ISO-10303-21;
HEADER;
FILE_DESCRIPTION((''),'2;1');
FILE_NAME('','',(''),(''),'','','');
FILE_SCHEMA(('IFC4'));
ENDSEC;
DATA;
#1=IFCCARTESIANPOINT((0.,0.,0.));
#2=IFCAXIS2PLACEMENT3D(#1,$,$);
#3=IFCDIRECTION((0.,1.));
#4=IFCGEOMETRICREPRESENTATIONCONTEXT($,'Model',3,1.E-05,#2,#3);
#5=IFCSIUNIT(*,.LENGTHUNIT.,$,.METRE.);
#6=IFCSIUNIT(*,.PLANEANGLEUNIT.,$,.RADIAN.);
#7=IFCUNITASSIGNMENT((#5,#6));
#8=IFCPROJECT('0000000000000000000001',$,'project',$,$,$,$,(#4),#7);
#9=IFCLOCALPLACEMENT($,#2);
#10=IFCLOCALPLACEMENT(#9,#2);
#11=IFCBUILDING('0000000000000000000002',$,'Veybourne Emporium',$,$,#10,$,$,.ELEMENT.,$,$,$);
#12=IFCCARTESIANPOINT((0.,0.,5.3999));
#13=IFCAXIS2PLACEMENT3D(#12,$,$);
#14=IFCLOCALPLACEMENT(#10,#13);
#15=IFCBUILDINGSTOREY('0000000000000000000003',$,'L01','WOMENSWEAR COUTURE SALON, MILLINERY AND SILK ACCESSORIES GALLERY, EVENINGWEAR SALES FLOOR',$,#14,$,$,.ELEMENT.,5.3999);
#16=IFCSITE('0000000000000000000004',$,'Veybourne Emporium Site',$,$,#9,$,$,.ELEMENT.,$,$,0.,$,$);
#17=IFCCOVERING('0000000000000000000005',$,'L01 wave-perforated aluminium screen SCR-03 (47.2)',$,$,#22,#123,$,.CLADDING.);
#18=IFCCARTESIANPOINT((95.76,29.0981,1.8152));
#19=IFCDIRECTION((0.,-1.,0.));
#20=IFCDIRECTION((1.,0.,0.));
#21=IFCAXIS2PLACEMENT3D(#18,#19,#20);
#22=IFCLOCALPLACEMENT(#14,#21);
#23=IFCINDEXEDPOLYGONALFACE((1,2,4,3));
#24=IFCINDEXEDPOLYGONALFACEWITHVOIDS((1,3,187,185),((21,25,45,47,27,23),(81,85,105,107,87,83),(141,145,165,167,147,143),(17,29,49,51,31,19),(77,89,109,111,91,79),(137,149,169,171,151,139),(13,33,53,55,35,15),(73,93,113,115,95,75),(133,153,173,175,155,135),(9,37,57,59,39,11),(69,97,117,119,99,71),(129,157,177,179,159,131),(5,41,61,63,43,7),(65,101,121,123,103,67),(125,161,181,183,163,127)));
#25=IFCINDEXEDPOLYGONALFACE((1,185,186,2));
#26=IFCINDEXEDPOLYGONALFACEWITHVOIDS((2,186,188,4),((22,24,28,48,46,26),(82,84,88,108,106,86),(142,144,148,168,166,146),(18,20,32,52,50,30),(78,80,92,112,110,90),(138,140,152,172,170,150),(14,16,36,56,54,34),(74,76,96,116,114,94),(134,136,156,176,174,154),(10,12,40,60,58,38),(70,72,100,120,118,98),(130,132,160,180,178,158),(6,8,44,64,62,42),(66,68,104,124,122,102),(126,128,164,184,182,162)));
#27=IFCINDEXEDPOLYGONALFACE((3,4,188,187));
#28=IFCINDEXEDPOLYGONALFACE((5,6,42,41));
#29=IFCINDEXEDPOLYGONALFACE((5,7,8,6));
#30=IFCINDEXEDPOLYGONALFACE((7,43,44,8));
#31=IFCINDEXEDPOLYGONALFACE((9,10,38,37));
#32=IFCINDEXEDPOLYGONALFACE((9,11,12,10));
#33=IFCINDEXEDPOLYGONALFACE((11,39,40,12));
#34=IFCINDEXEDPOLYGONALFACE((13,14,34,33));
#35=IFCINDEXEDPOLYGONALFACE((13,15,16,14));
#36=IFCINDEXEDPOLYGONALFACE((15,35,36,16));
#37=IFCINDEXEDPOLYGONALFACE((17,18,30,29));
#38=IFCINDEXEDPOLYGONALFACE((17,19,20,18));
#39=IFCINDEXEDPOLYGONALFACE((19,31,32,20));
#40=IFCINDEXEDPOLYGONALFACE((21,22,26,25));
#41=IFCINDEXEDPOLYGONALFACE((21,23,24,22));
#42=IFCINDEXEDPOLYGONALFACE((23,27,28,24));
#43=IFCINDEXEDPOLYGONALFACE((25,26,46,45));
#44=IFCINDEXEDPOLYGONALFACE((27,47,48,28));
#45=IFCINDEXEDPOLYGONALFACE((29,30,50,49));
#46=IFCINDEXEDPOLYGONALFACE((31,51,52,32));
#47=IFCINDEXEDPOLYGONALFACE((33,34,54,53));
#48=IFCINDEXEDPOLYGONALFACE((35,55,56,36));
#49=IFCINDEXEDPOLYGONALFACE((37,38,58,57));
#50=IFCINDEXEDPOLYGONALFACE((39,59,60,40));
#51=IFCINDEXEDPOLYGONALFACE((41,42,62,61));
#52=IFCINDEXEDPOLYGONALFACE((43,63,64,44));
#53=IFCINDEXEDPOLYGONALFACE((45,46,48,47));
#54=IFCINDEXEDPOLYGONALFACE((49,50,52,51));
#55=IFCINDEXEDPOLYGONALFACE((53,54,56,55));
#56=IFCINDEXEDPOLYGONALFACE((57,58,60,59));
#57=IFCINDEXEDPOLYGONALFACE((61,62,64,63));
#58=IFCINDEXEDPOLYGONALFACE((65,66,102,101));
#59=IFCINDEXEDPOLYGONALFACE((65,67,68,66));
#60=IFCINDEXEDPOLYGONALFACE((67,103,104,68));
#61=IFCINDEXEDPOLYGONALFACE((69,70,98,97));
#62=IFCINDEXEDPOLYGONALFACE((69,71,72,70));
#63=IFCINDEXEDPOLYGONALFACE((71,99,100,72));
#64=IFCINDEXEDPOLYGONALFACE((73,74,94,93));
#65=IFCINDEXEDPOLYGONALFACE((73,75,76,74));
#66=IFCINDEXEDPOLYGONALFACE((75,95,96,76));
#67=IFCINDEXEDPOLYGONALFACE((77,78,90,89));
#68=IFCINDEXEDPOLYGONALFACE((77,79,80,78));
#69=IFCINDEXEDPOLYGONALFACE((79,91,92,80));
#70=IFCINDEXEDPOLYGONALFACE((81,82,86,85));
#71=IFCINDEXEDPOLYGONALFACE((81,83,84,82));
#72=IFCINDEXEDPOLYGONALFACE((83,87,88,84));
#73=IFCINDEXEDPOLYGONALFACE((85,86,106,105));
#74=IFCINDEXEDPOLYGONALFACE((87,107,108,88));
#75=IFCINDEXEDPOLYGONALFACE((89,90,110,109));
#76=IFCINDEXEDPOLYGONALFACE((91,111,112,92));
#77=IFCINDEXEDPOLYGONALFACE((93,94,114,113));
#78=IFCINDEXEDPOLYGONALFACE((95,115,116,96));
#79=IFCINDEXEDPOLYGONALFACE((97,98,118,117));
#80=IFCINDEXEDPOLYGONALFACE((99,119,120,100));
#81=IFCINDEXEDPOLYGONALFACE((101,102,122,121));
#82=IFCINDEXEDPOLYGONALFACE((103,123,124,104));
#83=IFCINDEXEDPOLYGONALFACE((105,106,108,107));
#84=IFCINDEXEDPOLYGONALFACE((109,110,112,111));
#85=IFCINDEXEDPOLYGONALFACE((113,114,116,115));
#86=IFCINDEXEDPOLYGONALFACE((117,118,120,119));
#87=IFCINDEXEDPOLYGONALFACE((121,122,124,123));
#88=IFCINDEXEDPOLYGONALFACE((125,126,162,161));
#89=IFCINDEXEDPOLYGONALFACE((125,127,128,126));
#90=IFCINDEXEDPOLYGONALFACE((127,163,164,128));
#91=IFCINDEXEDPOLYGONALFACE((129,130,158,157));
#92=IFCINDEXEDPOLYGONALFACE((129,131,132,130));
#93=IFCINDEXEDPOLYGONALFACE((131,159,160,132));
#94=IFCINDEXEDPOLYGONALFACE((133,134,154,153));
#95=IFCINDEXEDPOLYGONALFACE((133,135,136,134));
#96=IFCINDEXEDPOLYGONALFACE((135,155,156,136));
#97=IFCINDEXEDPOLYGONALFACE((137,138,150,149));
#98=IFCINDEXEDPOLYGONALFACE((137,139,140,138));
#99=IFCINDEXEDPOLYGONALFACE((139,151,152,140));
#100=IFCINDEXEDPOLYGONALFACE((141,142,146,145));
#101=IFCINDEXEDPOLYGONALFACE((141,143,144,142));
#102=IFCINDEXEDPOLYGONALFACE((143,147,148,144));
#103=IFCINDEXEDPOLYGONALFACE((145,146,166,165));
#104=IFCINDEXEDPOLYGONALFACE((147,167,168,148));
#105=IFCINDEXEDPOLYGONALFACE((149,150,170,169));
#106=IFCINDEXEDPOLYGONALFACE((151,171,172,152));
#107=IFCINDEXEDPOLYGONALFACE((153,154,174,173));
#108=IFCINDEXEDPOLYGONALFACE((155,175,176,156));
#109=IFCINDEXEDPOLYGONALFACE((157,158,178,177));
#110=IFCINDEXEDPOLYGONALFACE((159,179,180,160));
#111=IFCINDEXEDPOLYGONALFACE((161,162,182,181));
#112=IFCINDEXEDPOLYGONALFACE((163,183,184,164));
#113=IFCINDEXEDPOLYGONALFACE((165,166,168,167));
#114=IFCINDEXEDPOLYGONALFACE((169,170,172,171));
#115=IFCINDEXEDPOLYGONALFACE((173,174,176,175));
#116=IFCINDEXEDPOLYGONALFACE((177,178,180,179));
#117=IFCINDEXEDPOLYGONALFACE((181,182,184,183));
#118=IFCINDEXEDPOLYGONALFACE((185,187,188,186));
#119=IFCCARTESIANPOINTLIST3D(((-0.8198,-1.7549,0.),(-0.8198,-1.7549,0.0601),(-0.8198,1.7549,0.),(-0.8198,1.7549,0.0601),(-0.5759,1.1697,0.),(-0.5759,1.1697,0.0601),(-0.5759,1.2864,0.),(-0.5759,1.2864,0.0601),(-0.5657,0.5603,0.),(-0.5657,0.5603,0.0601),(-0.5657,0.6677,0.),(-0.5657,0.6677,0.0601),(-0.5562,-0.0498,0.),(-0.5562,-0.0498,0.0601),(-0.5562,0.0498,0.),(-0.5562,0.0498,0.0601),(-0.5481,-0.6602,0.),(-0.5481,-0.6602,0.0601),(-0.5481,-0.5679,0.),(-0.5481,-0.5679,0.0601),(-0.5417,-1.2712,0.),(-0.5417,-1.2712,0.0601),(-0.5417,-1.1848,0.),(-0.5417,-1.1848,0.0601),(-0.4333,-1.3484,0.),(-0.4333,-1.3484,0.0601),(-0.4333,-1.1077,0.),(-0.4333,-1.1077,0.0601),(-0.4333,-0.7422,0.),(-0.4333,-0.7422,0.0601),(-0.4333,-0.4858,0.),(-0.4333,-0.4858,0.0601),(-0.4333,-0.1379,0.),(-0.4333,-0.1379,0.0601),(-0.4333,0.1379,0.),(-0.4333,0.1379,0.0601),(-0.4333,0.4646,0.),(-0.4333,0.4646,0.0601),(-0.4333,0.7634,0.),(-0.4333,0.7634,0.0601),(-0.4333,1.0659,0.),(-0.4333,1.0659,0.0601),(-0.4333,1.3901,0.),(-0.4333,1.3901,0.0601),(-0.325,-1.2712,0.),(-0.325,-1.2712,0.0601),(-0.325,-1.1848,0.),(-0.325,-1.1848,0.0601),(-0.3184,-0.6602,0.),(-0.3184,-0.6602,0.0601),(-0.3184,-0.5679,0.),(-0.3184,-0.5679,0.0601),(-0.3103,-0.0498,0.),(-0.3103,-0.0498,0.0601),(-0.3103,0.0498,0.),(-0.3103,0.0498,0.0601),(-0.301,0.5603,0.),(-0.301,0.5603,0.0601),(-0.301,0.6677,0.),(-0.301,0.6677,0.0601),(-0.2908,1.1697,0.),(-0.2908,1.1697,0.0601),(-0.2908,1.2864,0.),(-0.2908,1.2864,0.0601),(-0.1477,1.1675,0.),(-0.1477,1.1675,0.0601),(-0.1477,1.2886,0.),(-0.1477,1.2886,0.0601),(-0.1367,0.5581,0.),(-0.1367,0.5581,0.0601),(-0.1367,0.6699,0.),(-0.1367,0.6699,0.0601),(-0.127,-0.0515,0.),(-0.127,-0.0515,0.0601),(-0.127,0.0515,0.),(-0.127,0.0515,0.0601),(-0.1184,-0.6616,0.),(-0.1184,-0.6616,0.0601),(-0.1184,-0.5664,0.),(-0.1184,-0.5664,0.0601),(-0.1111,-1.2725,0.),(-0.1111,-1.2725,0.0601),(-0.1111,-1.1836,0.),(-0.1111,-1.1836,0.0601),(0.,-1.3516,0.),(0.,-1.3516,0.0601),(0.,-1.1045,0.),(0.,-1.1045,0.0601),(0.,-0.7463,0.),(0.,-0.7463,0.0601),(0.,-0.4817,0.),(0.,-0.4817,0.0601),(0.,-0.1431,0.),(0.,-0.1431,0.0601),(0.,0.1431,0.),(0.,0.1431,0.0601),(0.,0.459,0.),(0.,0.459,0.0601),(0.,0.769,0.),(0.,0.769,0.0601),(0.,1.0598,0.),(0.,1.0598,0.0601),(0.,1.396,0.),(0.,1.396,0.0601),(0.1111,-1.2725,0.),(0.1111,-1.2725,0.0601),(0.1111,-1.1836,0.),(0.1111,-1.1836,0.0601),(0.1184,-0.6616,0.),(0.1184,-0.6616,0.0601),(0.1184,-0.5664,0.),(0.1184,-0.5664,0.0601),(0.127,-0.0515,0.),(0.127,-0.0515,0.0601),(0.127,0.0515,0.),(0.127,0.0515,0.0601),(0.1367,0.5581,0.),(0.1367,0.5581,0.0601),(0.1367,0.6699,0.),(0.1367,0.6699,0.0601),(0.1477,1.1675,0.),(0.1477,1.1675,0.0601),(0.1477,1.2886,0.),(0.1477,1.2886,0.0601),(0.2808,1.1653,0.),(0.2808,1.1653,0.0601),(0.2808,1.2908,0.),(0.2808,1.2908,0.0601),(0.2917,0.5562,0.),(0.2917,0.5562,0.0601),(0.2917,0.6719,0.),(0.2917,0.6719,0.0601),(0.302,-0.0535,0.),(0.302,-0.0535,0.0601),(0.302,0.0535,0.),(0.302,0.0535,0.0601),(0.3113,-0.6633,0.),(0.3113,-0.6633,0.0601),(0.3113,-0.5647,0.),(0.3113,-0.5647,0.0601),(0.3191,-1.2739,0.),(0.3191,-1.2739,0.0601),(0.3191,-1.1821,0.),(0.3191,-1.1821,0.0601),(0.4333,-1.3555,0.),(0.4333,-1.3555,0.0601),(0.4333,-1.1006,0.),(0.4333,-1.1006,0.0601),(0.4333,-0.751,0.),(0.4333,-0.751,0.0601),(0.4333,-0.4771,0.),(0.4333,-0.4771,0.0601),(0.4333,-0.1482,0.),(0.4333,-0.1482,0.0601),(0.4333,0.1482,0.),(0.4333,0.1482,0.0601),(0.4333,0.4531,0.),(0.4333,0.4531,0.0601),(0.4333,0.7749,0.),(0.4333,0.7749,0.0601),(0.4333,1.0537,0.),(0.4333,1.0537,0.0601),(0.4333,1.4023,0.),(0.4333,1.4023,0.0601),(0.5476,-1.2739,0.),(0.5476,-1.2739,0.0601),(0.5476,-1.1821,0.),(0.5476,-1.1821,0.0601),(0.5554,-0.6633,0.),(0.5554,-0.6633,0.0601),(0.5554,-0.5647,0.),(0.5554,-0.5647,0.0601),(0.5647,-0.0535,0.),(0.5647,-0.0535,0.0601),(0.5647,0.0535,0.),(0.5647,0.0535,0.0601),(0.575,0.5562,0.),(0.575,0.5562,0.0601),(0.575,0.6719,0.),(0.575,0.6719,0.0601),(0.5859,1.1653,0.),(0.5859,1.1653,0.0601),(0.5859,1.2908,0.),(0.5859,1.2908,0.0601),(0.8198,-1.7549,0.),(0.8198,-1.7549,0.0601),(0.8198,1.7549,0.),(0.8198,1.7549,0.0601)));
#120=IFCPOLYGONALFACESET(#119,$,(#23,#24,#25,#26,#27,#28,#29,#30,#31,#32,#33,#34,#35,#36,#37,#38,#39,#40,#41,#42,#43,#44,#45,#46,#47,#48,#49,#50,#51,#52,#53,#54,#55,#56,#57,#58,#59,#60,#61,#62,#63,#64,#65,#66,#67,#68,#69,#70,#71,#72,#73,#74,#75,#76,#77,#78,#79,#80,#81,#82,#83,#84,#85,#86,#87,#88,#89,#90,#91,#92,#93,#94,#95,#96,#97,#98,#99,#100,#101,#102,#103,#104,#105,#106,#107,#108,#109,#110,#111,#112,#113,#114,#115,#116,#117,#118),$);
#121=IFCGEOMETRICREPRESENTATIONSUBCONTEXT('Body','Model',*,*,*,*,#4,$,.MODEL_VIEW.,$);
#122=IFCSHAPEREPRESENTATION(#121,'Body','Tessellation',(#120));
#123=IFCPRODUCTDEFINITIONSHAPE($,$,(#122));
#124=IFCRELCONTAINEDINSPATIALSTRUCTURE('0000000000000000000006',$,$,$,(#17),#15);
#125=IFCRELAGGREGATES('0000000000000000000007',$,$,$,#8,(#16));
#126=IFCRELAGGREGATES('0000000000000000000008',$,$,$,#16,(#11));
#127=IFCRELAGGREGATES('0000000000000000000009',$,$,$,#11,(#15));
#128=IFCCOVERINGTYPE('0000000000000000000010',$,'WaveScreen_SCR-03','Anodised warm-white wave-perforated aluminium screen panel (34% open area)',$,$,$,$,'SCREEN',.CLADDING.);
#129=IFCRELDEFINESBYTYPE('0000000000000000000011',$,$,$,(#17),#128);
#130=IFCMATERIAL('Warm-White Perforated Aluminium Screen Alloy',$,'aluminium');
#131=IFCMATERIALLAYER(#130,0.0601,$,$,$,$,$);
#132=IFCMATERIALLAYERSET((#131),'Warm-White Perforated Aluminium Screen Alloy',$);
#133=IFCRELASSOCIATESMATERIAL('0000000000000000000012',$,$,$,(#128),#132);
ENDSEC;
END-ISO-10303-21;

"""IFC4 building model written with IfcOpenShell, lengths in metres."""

from ifc_helpers import new_model, si_unit, direction, frame, origin, place, context, subcontext, project, spatial, polyline, outline, extrude, material, layer, layer_set, type_object, element, save


model = new_model("IFC4")

# Units and contexts
model_context = context("Model", 3, precision=1e-05, world=origin(), true_north=direction((0.0, 1.0)))
body_context = subcontext(model_context, "Body", "Model", "MODEL_VIEW")
ifc_project = project(units=[si_unit("LENGTHUNIT", "METRE"), si_unit("PLANEANGLEUNIT", "RADIAN")], contexts=[model_context])

# Site, building, storey
site_placement = place(None, origin())
site = spatial("IfcSite", under=ifc_project, at=site_placement, Name="Veybourne Emporium Site", CompositionType="ELEMENT", RefElevation=0.0)
building_placement = place(site_placement, origin())
building = spatial("IfcBuilding", under=site, at=building_placement, Name="Veybourne Emporium", CompositionType="ELEMENT")
storey_placement = place(building_placement, frame((0.0, 0.0, 5.3999)))
storey = spatial("IfcBuildingStorey", under=building, at=storey_placement, Name="L01", Description="WOMENSWEAR COUTURE SALON, MILLINERY AND SILK ACCESSORIES GALLERY, EVENINGWEAR SALES FLOOR", CompositionType="ELEMENT", Elevation=5.3999)

# Covering
ifc_material_1 = material(Name="Warm-White Perforated Aluminium Screen Alloy", Category="aluminium")
ifc_layer_1 = layer(ifc_material_1, 0.0601)
ifc_layer_set_1 = layer_set([ifc_layer_1], Name="Warm-White Perforated Aluminium Screen Alloy")
covering_type_1 = type_object("IfcCoveringType", Name="WaveScreen_SCR-03", Description="Anodised warm-white wave-perforated aluminium screen panel (34% open area)", ElementType="SCREEN", PredefinedType="CLADDING", material=ifc_layer_set_1)
covering_1_placement = place(storey_placement, frame((95.76, 29.0981, 1.8152), z_axis=(0.0, -1.0, 0.0), x_axis=(1.0, 0.0, 0.0)))
element("IfcCovering", 1, at=covering_1_placement, inside=storey, type_object=covering_type_1, Name="L01 wave-perforated aluminium screen SCR-03 (47.2)", PredefinedType="CLADDING", context=body_context, shape_type="SweptSolid", body=[
    extrude(outline(polyline([(-0.8198, -1.7549), (0.8198, -1.7549), (0.8198, 1.7549), (-0.8198, 1.7549), (-0.8198, -1.7549)]), holes=[polyline([(-0.4333, -1.1077), (-0.325, -1.1848), (-0.325, -1.2712), (-0.4333, -1.3484), (-0.5417, -1.2712), (-0.5417, -1.1848), (-0.4333, -1.1077)]), polyline([(-0.4333, -0.4858), (-0.3184, -0.5679), (-0.3184, -0.6602), (-0.4333, -0.7422), (-0.5481, -0.6602), (-0.5481, -0.5679), (-0.4333, -0.4858)]), polyline([(-0.4333, 0.1379), (-0.3103, 0.0498), (-0.3103, -0.0498), (-0.4333, -0.1379), (-0.5562, -0.0498), (-0.5562, 0.0498), (-0.4333, 0.1379)]), polyline([(-0.4333, 0.7634), (-0.301, 0.6677), (-0.301, 0.5603), (-0.4333, 0.4646), (-0.5657, 0.5603), (-0.5657, 0.6677), (-0.4333, 0.7634)]), polyline([(-0.4333, 1.3901), (-0.2908, 1.2864), (-0.2908, 1.1697), (-0.4333, 1.0659), (-0.5759, 1.1697), (-0.5759, 1.2864), (-0.4333, 1.3901)]), polyline([(0.0, -1.1045), (0.1111, -1.1836), (0.1111, -1.2725), (0.0, -1.3516), (-0.1111, -1.2725), (-0.1111, -1.1836), (0.0, -1.1045)]), polyline([(0.0, -0.4817), (0.1184, -0.5664), (0.1184, -0.6616), (0.0, -0.7463), (-0.1184, -0.6616), (-0.1184, -0.5664), (0.0, -0.4817)]), polyline([(0.0, 0.1431), (0.127, 0.0515), (0.127, -0.0515), (0.0, -0.1431), (-0.127, -0.0515), (-0.127, 0.0515), (0.0, 0.1431)]), polyline([(0.0, 0.769), (0.1367, 0.6699), (0.1367, 0.5581), (0.0, 0.459), (-0.1367, 0.5581), (-0.1367, 0.6699), (0.0, 0.769)]), polyline([(0.0, 1.396), (0.1477, 1.2886), (0.1477, 1.1675), (0.0, 1.0598), (-0.1477, 1.1675), (-0.1477, 1.2886), (0.0, 1.396)]), polyline([(0.4333, -1.1006), (0.5476, -1.1821), (0.5476, -1.2739), (0.4333, -1.3555), (0.3191, -1.2739), (0.3191, -1.1821), (0.4333, -1.1006)]), polyline([(0.4333, -0.4771), (0.5554, -0.5647), (0.5554, -0.6633), (0.4333, -0.751), (0.3113, -0.6633), (0.3113, -0.5647), (0.4333, -0.4771)]), polyline([(0.4333, 0.1482), (0.5647, 0.0535), (0.5647, -0.0535), (0.4333, -0.1482), (0.302, -0.0535), (0.302, 0.0535), (0.4333, 0.1482)]), polyline([(0.4333, 0.7749), (0.575, 0.6719), (0.575, 0.5562), (0.4333, 0.4531), (0.2917, 0.5562), (0.2917, 0.6719), (0.4333, 0.7749)]), polyline([(0.4333, 1.4023), (0.5859, 1.2908), (0.5859, 1.1653), (0.4333, 1.0537), (0.2808, 1.1653), (0.2808, 1.2908), (0.4333, 1.4023)])]), origin(), (0.0, 0.0, 1.0), 0.0601),
])

save(model, "model.ifc")
